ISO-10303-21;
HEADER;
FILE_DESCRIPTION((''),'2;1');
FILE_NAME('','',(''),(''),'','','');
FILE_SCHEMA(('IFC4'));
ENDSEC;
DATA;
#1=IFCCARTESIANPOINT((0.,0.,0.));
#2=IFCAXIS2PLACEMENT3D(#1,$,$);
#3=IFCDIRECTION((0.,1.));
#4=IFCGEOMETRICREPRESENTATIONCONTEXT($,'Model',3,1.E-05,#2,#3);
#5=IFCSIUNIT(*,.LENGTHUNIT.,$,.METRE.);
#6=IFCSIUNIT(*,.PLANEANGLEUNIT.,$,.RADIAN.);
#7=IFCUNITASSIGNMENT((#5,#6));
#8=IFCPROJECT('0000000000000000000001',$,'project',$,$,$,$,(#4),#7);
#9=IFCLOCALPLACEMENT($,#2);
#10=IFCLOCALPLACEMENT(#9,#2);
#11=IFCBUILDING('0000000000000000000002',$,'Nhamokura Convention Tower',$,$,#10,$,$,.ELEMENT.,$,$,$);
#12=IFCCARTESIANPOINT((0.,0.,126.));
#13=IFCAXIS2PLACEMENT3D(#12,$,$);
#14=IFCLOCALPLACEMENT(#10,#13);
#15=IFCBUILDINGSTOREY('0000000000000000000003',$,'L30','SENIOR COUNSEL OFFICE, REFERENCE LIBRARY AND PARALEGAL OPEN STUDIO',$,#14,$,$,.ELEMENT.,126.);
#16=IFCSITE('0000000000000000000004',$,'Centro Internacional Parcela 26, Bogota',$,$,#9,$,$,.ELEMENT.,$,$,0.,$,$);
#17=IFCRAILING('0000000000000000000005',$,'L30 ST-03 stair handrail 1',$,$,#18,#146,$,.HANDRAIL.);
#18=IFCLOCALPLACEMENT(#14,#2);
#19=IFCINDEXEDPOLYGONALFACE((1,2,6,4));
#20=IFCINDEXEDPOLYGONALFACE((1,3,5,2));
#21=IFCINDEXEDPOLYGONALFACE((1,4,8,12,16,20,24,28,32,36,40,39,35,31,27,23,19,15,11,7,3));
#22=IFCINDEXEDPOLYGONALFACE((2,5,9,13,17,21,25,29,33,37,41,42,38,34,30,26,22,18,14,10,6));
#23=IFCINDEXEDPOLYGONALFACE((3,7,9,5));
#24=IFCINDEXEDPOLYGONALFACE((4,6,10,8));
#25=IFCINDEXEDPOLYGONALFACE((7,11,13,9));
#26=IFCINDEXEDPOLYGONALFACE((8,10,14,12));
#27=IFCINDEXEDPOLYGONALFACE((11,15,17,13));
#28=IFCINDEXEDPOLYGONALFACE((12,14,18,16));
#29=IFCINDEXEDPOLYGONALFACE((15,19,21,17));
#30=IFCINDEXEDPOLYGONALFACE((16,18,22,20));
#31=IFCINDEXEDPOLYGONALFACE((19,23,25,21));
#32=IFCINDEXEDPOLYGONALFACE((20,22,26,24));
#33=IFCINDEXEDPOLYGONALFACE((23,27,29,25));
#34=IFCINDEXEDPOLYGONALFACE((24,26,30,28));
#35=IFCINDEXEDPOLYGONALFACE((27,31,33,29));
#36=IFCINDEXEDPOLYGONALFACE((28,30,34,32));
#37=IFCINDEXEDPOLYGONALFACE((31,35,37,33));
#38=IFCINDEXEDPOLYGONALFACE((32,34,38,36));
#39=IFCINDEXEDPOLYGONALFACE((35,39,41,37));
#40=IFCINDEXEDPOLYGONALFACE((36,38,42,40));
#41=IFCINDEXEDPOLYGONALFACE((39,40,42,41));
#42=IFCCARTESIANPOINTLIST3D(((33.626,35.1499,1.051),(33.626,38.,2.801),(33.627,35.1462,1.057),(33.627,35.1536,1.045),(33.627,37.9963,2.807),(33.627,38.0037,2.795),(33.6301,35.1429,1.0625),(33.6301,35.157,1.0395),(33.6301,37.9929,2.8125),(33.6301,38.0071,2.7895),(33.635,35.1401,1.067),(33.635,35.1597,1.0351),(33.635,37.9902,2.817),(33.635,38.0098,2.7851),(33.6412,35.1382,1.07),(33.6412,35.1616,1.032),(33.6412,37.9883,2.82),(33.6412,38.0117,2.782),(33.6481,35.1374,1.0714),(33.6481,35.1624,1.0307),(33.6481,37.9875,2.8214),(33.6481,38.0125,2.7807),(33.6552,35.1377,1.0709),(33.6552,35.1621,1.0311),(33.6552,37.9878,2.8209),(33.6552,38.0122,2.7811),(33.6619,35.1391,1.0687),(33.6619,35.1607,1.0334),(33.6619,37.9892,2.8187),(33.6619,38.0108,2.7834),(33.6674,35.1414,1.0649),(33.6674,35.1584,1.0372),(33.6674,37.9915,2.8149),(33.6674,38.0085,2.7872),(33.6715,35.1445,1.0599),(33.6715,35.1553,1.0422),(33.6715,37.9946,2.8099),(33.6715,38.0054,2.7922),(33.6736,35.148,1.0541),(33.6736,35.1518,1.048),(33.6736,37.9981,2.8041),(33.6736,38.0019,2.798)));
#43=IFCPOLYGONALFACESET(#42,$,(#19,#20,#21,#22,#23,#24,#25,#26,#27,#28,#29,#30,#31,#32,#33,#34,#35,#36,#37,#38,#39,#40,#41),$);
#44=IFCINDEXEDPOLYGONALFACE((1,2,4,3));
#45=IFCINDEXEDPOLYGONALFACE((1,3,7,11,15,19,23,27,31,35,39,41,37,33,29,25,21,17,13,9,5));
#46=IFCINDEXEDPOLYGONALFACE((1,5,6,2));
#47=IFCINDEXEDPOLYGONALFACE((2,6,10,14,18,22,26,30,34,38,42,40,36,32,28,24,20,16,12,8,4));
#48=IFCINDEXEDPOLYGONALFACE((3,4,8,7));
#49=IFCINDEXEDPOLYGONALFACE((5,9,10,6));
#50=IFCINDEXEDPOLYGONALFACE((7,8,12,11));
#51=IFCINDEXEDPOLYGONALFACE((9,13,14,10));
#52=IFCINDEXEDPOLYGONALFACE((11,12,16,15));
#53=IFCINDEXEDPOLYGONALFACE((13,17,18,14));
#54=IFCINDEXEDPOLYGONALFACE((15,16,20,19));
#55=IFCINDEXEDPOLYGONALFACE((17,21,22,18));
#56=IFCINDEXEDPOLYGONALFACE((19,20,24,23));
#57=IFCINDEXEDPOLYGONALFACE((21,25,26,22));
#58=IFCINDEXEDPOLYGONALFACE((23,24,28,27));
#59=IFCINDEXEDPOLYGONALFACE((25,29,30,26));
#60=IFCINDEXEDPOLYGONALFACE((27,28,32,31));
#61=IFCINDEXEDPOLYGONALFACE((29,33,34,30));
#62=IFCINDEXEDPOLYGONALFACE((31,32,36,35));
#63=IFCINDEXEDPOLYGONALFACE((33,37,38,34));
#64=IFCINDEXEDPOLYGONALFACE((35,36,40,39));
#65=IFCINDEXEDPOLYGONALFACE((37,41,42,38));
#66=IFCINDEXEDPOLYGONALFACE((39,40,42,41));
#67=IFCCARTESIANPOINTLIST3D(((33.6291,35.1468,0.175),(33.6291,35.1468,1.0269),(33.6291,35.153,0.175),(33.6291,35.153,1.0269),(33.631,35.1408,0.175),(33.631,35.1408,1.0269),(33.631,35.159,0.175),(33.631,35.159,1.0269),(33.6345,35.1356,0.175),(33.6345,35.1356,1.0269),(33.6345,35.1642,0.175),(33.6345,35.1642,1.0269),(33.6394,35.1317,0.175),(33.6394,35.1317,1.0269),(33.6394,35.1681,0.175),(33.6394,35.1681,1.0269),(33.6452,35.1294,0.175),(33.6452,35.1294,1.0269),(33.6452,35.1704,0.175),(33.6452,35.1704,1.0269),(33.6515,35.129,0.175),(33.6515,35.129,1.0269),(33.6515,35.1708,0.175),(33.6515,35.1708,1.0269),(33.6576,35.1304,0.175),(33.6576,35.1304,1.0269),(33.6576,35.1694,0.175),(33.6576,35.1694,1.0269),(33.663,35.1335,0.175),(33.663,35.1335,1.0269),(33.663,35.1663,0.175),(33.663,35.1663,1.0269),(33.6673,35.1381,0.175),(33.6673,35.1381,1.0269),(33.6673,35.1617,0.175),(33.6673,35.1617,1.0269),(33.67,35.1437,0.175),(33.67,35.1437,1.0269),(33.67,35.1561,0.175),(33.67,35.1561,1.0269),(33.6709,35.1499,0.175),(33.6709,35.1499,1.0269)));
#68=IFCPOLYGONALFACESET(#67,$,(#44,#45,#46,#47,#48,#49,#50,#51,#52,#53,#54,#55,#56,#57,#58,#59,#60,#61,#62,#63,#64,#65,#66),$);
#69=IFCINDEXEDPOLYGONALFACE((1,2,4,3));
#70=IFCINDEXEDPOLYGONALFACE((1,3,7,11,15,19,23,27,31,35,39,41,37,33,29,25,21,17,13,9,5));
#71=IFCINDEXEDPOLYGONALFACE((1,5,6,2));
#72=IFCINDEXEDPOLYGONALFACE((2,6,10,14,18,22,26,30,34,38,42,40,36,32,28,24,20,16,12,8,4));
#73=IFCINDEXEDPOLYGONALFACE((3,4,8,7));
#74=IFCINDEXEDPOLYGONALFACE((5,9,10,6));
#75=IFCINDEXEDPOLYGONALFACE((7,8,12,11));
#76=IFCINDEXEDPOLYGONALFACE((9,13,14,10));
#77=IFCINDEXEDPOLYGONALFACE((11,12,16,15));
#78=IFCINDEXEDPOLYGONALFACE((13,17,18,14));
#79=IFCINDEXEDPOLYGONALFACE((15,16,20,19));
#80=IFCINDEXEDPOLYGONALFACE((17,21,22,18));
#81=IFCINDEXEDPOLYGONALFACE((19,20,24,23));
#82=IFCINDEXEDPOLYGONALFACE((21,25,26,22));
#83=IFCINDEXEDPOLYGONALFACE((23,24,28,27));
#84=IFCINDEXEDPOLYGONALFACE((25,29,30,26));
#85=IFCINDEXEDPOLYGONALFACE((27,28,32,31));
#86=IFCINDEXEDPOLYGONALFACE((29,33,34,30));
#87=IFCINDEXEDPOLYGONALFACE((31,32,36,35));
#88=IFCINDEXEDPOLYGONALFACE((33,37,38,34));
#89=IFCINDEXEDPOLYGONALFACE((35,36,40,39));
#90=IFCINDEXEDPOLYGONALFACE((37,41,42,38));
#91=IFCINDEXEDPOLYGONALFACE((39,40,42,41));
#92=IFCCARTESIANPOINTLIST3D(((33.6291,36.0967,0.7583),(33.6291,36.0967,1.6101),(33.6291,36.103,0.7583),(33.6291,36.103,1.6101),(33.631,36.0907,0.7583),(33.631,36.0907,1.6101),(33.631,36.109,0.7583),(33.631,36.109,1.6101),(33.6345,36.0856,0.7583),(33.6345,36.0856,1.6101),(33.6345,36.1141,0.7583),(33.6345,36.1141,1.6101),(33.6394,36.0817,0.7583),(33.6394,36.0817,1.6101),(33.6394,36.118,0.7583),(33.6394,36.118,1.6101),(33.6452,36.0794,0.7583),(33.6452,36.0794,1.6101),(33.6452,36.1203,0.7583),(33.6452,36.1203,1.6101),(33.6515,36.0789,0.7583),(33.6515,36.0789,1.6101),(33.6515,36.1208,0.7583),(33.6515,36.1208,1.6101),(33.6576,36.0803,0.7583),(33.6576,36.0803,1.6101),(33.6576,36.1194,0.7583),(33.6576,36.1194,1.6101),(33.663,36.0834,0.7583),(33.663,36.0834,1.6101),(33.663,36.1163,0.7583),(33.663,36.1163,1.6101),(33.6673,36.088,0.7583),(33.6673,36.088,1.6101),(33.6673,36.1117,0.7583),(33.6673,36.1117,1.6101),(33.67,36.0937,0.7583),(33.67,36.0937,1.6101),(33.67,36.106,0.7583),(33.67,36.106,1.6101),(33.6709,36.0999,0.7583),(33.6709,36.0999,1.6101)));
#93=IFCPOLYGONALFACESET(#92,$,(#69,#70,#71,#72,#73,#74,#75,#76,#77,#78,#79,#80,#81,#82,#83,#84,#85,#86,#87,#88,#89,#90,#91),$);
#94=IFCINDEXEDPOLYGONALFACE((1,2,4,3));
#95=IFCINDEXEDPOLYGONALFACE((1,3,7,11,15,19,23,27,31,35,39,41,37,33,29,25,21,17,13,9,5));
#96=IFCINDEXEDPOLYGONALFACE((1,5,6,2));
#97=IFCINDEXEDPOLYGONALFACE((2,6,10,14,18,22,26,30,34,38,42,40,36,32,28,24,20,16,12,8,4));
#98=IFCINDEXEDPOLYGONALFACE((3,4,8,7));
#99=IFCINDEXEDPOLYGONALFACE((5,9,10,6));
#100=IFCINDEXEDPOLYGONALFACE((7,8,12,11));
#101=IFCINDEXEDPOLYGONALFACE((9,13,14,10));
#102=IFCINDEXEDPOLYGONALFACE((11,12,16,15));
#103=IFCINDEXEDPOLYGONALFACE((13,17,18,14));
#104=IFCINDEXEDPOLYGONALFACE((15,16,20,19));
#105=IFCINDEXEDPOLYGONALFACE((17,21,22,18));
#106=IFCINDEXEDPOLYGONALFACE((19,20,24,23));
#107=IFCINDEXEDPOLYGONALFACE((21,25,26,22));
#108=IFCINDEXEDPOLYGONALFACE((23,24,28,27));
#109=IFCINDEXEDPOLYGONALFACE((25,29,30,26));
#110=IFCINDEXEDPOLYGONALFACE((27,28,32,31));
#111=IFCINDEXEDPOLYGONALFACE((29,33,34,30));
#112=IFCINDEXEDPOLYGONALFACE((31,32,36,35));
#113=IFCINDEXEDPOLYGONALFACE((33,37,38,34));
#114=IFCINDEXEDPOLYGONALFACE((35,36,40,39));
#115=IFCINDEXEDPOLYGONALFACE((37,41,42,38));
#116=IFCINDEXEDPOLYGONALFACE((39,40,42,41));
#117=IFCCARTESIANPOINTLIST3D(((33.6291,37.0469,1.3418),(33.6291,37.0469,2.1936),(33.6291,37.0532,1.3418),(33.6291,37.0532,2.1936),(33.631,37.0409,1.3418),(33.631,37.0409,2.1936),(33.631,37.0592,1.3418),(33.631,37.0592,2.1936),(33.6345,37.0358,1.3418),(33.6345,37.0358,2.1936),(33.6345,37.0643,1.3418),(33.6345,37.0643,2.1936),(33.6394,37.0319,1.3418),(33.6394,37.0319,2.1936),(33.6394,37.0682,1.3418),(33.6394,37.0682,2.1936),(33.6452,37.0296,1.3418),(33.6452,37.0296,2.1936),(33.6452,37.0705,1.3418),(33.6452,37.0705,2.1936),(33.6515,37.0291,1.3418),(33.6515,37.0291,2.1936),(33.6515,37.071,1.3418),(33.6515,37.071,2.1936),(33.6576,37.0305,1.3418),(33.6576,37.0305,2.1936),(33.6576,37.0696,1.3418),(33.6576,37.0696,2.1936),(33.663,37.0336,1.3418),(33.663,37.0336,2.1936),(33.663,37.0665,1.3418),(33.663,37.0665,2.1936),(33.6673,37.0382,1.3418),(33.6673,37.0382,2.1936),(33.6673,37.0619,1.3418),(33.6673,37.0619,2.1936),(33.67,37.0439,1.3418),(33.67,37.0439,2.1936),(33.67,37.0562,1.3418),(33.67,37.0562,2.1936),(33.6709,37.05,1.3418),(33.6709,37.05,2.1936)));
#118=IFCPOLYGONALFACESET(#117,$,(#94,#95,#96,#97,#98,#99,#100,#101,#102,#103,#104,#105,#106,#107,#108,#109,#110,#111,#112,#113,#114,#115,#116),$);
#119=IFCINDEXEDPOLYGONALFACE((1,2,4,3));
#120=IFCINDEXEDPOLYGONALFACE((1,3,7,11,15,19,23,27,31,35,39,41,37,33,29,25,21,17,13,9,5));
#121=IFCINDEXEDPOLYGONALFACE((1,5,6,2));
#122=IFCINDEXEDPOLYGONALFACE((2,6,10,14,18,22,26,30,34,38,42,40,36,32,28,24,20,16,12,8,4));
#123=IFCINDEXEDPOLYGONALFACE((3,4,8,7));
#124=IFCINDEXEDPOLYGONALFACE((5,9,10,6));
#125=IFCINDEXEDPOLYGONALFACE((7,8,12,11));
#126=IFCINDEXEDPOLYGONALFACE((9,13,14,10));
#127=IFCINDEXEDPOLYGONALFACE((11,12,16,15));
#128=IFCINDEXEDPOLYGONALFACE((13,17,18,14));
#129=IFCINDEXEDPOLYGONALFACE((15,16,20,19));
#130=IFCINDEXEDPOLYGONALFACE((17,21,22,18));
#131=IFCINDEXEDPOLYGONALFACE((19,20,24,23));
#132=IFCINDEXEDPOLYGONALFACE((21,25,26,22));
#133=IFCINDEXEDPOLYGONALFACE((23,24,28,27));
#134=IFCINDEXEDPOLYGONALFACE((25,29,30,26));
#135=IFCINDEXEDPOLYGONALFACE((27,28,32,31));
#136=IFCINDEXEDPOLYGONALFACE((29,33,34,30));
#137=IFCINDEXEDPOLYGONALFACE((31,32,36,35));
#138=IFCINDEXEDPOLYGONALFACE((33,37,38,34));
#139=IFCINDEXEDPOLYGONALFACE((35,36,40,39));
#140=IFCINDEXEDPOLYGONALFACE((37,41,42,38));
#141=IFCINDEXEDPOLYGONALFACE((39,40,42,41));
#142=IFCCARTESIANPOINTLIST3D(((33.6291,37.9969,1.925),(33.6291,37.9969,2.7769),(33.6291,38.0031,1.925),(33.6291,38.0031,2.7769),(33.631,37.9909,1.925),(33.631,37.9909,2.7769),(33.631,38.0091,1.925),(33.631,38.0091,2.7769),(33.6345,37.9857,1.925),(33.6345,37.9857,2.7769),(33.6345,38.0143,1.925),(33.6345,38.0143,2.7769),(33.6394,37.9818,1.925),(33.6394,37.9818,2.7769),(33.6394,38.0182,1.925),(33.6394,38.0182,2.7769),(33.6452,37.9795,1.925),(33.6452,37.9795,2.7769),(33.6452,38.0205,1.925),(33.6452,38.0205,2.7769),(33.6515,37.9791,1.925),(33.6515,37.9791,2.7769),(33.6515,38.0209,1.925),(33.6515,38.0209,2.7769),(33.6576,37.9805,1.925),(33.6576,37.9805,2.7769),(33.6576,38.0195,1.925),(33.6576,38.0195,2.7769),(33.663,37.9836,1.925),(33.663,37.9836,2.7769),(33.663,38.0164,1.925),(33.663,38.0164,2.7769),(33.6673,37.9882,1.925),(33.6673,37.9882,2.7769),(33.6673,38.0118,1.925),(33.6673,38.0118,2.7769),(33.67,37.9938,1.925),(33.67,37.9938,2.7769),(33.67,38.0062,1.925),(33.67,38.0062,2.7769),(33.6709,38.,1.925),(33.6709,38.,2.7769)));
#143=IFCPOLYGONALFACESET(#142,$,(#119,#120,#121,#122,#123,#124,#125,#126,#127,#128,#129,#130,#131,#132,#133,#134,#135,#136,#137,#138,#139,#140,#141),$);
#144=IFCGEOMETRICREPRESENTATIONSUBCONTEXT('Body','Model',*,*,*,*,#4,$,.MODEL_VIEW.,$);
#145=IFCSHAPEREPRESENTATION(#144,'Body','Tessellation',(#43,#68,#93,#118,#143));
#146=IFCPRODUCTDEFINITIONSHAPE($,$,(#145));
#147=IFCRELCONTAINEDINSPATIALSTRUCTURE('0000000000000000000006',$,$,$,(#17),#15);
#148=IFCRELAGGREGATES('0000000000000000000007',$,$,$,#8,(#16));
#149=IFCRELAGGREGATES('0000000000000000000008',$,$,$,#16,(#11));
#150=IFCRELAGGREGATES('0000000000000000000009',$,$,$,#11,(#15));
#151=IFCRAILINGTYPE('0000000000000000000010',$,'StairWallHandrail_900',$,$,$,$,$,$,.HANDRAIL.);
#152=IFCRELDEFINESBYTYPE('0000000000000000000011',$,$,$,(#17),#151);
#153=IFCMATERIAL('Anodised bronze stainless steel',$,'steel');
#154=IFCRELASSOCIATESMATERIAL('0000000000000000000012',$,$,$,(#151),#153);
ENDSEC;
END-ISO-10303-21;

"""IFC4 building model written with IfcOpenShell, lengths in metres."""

from ifc_helpers import new_model, si_unit, direction, frame, origin, origin_2d, place, context, subcontext, project, spatial, circle, extrude, material, type_object, element, save


model = new_model("IFC4")

# Units and contexts
model_context = context("Model", 3, precision=1e-05, world=origin(), true_north=direction((0.0, 1.0)))
body_context = subcontext(model_context, "Body", "Model", "MODEL_VIEW")
ifc_project = project(units=[si_unit("LENGTHUNIT", "METRE"), si_unit("PLANEANGLEUNIT", "RADIAN")], contexts=[model_context])

# Site, building, storey
site_placement = place(None, origin())
site = spatial("IfcSite", under=ifc_project, at=site_placement, Name="Centro Internacional Parcela 26, Bogota", CompositionType="ELEMENT", RefElevation=0.0)
building_placement = place(site_placement, origin())
building = spatial("IfcBuilding", under=site, at=building_placement, Name="Nhamokura Convention Tower", CompositionType="ELEMENT")
storey_placement = place(building_placement, frame((0.0, 0.0, 126.0)))
storey = spatial("IfcBuildingStorey", under=building, at=storey_placement, Name="L30", Description="SENIOR COUNSEL OFFICE, REFERENCE LIBRARY AND PARALEGAL OPEN STUDIO", CompositionType="ELEMENT", Elevation=126.0)

# Railing
ifc_material_1 = material(Name="Anodised bronze stainless steel", Category="steel")
railing_type_1 = type_object("IfcRailingType", Name="StairWallHandrail_900", PredefinedType="HANDRAIL", material=ifc_material_1)
railing_1_placement = place(storey_placement, frame((33.6499, 35.1499, 0.175)))
element("IfcRailing", 1, at=railing_1_placement, inside=storey, type_object=railing_type_1, Name="L30 ST-03 stair handrail 1", PredefinedType="HANDRAIL", context=body_context, shape_type="SweptSolid", body=[
    extrude(circle(Radius=0.0239, at=origin_2d()), frame((0.0, 0.0, 0.876), z_axis=(0.0, 0.852179, 0.52325), x_axis=(-1.0, 0.0, 0.0)), (0.0, 0.0, 1.0), 3.3445),
    extrude(circle(Radius=0.021, at=origin_2d()), origin(), (0.0, 0.0, 1.0), 0.8518),
    extrude(circle(Radius=0.021, at=origin_2d()), frame((0.0, 0.95, 0.5833)), (0.0, 0.0, 1.0), 0.8518),
    extrude(circle(Radius=0.021, at=origin_2d()), frame((0.0, 1.9001, 1.1667)), (0.0, 0.0, 1.0), 0.8518),
    extrude(circle(Radius=0.021, at=origin_2d()), frame((0.0, 2.8501, 1.75)), (0.0, 0.0, 1.0), 0.8518),
])

save(model, "model.ifc")
